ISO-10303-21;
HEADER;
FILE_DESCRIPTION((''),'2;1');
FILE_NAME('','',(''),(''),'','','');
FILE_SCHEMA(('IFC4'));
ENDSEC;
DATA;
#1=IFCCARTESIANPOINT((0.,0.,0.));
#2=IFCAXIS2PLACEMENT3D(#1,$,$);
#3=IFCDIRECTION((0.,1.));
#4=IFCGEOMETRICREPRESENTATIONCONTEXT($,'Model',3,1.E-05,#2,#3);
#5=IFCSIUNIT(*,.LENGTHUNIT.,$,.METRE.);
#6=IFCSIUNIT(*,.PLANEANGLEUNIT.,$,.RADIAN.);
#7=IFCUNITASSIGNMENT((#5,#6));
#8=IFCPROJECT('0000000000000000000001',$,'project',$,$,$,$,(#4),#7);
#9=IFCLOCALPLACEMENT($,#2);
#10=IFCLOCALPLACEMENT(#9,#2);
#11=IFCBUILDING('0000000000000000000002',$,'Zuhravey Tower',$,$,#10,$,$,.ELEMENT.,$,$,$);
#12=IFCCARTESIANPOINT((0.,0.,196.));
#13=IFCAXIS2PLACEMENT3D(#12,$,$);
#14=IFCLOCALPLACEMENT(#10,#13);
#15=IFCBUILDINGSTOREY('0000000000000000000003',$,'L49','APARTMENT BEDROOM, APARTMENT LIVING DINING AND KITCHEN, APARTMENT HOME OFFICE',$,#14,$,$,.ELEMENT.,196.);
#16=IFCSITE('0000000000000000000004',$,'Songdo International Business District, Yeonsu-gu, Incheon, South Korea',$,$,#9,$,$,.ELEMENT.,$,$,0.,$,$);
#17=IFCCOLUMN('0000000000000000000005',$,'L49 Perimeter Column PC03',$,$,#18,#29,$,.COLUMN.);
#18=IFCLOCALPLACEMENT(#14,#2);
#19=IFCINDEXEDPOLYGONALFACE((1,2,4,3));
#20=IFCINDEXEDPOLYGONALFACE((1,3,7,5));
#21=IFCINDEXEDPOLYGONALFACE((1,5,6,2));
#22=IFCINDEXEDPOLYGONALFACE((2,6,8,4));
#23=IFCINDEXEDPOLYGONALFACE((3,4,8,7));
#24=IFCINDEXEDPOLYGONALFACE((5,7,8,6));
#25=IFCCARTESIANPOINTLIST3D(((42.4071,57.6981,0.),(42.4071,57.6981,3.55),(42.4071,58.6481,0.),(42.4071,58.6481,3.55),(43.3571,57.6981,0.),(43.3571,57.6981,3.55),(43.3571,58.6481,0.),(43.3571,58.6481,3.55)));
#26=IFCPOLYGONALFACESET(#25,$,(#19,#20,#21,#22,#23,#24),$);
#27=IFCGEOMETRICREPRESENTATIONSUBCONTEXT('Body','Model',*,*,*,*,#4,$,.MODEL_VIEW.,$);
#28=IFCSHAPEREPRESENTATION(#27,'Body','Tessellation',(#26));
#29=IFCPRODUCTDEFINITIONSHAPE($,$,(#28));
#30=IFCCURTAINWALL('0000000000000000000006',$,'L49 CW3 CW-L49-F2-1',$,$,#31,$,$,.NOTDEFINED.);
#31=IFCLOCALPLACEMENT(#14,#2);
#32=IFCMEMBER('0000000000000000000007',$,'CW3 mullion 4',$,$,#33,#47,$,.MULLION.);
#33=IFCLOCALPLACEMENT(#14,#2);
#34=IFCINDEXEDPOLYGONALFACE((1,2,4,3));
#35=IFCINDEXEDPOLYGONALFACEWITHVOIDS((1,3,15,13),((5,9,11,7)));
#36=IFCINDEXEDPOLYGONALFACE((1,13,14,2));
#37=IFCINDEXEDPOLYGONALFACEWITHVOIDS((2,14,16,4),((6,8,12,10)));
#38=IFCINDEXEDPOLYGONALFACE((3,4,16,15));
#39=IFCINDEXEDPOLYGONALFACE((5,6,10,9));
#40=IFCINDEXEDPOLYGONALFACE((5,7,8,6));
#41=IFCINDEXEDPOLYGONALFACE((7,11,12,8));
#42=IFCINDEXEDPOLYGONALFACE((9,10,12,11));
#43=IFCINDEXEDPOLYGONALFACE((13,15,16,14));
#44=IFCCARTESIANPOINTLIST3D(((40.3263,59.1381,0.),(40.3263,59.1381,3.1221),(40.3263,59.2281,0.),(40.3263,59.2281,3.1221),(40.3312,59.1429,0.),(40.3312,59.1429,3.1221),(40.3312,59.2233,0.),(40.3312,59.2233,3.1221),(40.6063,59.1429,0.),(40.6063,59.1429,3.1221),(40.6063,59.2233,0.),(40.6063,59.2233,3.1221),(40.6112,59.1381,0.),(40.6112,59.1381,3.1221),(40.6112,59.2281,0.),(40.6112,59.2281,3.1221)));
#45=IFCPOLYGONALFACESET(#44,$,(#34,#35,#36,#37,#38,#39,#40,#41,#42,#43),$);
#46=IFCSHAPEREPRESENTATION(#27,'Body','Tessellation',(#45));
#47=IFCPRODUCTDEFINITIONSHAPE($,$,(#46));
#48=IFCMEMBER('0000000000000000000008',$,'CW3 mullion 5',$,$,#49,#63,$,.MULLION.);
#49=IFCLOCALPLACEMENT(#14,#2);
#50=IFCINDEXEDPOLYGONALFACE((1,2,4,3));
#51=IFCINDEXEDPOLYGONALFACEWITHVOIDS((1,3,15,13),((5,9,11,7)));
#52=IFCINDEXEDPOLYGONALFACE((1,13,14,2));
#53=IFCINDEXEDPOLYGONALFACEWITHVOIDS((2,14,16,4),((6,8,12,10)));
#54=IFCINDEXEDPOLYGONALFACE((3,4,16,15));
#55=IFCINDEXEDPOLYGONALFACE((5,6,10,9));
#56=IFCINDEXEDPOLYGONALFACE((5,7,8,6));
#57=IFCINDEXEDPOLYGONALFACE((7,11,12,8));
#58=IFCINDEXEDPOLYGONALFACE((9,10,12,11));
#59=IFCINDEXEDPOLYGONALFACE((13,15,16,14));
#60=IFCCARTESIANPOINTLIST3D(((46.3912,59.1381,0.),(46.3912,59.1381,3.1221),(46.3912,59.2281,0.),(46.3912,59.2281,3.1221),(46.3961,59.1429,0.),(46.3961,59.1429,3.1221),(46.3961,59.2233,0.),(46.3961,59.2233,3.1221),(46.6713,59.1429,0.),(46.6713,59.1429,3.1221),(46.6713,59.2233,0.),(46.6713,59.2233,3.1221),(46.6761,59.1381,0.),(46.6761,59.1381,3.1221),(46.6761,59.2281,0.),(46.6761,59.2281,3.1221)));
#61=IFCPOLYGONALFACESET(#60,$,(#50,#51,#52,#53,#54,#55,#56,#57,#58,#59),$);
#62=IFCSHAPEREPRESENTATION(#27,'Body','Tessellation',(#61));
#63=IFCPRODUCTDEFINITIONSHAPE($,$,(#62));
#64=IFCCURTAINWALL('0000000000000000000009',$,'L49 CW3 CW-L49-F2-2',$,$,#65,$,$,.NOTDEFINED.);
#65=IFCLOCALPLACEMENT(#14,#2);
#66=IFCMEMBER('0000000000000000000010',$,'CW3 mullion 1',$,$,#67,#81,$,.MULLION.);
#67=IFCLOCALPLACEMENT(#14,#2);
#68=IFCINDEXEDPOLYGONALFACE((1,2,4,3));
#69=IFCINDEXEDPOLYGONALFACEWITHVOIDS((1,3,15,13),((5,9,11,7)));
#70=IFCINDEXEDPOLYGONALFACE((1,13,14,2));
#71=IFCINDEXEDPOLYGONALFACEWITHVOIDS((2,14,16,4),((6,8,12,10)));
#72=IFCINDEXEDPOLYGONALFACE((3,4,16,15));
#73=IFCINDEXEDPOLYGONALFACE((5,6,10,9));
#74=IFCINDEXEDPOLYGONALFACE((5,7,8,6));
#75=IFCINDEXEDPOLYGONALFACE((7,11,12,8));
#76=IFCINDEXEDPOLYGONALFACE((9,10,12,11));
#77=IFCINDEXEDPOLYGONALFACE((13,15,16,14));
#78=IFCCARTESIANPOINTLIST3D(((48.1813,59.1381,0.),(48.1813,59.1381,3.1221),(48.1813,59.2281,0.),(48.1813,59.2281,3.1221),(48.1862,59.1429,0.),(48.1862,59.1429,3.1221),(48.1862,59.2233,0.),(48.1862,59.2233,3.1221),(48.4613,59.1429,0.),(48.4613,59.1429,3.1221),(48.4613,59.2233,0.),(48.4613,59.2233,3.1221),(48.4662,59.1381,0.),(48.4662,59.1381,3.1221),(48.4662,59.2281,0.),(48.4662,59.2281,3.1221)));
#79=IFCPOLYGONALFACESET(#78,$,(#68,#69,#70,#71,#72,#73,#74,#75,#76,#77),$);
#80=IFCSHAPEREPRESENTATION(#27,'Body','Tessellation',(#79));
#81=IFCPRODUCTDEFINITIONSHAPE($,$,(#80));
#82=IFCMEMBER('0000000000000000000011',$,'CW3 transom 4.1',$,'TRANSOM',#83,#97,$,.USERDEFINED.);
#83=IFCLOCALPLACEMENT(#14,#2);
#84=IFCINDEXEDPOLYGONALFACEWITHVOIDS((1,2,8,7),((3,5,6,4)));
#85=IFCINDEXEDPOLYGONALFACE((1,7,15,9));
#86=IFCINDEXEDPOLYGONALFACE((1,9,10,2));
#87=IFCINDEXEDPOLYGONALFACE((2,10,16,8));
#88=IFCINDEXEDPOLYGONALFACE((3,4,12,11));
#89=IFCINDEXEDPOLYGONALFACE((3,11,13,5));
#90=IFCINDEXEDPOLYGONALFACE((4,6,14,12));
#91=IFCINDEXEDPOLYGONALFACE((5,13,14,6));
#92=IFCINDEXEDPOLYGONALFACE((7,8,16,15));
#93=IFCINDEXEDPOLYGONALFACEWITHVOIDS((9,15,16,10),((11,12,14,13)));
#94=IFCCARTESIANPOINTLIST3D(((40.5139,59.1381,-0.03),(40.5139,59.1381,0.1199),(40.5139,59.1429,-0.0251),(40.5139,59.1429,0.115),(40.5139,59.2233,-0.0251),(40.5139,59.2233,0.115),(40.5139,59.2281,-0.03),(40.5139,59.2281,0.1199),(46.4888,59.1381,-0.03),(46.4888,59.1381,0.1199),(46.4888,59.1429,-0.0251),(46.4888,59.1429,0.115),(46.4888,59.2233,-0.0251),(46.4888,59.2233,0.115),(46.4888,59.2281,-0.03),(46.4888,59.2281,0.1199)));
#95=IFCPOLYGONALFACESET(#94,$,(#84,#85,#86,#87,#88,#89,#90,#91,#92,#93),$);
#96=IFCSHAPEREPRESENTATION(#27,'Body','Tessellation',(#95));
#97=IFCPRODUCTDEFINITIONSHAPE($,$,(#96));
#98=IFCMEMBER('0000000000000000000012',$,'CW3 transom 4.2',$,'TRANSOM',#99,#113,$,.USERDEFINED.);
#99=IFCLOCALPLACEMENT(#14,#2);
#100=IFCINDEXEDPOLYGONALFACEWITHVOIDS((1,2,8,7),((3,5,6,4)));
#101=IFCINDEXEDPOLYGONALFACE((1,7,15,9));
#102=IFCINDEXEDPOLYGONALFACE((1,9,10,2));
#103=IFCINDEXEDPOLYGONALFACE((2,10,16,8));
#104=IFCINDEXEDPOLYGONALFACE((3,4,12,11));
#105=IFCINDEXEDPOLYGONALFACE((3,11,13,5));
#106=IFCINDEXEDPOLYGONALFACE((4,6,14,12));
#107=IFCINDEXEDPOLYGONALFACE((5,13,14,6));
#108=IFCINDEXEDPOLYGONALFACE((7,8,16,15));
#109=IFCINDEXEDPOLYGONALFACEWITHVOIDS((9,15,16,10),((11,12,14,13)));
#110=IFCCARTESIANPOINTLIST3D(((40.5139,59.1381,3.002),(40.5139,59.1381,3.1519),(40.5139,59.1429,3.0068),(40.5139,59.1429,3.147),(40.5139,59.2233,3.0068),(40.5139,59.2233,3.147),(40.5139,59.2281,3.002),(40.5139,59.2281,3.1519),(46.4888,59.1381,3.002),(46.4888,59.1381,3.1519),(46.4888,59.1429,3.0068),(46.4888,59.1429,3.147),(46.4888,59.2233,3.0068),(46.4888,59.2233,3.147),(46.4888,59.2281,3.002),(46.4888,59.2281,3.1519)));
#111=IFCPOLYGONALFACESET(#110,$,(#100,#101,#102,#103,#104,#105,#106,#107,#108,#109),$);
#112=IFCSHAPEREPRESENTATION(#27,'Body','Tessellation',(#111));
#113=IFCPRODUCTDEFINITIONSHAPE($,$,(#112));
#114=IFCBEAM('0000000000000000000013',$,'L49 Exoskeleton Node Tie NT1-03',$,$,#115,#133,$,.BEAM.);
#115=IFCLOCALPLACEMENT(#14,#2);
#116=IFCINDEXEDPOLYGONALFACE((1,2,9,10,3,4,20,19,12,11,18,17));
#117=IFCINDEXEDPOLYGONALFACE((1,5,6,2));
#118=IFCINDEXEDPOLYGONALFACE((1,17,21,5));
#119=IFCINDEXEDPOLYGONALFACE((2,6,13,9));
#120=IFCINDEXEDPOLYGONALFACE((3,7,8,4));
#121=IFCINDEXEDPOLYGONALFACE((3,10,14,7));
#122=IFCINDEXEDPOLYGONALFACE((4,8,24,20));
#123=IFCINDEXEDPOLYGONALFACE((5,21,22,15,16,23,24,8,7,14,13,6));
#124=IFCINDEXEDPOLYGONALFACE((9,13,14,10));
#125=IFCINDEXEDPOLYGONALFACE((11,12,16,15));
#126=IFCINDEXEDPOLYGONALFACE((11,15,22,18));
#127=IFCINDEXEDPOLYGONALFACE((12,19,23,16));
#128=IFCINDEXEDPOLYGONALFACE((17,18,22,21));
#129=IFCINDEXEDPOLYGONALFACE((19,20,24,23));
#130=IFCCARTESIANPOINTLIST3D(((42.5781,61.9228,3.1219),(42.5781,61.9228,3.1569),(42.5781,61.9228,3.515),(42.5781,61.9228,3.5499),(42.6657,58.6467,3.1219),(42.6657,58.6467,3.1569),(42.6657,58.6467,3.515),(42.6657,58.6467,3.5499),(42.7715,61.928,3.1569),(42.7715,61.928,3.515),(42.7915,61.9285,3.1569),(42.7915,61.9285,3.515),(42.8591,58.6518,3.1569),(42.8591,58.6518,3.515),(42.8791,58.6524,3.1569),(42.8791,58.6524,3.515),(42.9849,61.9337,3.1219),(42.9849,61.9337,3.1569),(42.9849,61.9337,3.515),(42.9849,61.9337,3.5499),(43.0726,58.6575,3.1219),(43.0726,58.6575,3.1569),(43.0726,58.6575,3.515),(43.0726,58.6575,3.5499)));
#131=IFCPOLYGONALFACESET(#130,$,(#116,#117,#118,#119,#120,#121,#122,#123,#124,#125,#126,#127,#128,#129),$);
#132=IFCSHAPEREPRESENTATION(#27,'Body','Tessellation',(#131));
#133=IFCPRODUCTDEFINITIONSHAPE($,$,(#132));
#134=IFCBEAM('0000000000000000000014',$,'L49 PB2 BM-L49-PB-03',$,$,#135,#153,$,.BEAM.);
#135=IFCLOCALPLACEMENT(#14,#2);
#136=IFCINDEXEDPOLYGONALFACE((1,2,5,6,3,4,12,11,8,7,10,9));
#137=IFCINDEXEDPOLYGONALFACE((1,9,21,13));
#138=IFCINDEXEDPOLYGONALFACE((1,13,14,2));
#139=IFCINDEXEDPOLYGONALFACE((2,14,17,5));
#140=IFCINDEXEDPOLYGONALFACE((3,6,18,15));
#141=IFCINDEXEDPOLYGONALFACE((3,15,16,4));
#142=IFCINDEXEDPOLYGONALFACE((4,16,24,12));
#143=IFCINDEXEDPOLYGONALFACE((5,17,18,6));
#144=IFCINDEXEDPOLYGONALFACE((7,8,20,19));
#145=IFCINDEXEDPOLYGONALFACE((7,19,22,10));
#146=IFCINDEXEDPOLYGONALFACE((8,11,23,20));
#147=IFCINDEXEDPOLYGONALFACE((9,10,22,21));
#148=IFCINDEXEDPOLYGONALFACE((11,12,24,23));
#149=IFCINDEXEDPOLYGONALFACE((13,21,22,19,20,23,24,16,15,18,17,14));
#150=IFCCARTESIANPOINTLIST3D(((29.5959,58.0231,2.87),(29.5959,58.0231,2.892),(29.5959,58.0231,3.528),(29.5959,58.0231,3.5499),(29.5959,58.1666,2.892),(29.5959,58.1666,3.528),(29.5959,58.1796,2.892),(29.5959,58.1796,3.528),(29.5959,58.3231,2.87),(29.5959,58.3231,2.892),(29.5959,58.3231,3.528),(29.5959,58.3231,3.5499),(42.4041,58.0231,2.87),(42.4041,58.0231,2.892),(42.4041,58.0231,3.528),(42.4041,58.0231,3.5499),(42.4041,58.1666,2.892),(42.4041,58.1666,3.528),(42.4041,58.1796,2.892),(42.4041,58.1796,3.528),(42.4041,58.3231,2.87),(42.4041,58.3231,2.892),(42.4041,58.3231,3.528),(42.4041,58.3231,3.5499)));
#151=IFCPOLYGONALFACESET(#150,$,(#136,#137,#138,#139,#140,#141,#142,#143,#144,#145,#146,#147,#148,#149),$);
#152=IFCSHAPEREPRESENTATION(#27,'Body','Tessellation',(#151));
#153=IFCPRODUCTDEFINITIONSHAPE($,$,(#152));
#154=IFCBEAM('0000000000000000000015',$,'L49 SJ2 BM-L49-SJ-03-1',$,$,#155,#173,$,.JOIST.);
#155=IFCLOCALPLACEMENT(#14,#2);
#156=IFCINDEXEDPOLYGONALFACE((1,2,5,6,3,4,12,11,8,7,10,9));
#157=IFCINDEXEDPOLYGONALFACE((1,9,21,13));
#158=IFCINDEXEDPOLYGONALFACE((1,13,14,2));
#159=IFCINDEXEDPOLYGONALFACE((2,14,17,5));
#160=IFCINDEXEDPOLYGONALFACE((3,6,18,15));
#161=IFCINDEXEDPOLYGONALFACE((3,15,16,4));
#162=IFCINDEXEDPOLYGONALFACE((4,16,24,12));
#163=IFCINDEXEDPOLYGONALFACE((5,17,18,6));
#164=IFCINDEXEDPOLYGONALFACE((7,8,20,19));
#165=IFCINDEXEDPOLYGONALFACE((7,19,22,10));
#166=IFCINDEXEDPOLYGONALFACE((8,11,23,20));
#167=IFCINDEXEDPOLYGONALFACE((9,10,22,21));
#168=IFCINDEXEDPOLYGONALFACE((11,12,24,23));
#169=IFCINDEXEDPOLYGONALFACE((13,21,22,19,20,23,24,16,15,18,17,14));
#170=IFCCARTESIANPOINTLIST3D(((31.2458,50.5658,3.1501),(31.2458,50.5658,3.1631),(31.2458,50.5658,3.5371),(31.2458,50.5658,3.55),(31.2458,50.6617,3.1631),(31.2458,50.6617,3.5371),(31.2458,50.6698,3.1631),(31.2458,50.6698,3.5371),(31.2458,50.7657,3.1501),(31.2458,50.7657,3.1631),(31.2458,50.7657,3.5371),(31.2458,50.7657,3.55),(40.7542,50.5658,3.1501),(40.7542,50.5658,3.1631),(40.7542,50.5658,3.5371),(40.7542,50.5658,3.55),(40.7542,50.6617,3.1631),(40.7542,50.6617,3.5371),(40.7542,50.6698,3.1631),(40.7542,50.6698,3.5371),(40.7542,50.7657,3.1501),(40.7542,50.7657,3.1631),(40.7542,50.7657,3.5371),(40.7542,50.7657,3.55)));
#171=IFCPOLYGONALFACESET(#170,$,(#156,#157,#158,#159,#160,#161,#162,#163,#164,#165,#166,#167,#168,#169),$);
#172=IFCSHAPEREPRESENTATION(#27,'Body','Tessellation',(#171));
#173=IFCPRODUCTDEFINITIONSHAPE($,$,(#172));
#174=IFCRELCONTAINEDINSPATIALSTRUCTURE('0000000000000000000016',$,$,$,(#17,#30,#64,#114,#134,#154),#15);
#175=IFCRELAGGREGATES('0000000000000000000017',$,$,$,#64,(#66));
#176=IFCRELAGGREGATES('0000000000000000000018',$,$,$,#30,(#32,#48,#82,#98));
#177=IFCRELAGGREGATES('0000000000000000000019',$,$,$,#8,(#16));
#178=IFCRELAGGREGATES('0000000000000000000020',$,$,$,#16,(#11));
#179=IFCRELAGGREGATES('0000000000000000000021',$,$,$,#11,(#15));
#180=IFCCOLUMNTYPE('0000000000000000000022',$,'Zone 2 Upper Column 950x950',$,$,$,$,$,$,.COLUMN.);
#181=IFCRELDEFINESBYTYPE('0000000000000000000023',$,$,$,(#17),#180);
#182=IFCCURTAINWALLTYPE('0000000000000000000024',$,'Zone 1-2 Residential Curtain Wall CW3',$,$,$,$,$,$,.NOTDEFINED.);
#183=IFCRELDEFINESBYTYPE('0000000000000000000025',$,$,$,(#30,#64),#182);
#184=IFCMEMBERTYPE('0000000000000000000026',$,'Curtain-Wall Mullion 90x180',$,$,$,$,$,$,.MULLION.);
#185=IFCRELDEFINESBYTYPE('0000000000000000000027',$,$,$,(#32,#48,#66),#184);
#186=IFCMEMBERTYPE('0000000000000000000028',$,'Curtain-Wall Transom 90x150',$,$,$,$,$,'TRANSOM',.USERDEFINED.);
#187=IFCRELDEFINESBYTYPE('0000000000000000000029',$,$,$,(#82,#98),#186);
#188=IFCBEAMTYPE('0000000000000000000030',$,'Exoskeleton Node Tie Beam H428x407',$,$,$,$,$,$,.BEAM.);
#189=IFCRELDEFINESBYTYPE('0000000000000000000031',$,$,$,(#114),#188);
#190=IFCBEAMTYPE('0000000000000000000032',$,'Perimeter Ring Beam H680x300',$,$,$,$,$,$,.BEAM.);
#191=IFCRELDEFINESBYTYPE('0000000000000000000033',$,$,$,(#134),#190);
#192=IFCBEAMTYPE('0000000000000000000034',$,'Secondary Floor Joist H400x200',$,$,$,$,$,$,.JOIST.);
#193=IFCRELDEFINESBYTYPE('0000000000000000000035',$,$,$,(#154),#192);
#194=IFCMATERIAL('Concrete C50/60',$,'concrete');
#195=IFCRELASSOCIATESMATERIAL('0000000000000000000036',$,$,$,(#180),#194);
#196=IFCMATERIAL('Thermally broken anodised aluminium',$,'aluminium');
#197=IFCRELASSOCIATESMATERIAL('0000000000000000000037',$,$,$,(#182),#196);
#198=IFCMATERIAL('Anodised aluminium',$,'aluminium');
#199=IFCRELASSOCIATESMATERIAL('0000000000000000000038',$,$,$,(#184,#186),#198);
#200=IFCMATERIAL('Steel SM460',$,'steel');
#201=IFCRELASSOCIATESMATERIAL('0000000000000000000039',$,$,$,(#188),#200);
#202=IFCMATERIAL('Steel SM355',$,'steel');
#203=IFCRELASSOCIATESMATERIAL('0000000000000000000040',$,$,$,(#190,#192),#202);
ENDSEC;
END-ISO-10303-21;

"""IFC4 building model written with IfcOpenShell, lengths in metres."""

from ifc_helpers import new_model, si_unit, direction, frame, origin, origin_2d, place, context, subcontext, project, spatial, rectangle, hollow_rectangle, i_section, extrude, material, material_profile, profile_set, type_object, element, aggregate, save


model = new_model("IFC4")

# Units and contexts
model_context = context("Model", 3, precision=1e-05, world=origin(), true_north=direction((0.0, 1.0)))
body_context = subcontext(model_context, "Body", "Model", "MODEL_VIEW")
ifc_project = project(units=[si_unit("LENGTHUNIT", "METRE"), si_unit("PLANEANGLEUNIT", "RADIAN")], contexts=[model_context])

# Site, building, storey
site_placement = place(None, origin())
site = spatial("IfcSite", under=ifc_project, at=site_placement, Name="Songdo International Business District, Yeonsu-gu, Incheon, South Korea", CompositionType="ELEMENT", RefElevation=0.0)
building_placement = place(site_placement, origin())
building = spatial("IfcBuilding", under=site, at=building_placement, Name="Zuhravey Tower", CompositionType="ELEMENT")
storey_placement = place(building_placement, frame((0.0, 0.0, 196.0)))
storey = spatial("IfcBuildingStorey", under=building, at=storey_placement, Name="L49", Description="APARTMENT BEDROOM, APARTMENT LIVING DINING AND KITCHEN, APARTMENT HOME OFFICE", CompositionType="ELEMENT", Elevation=196.0)

# Column
ifc_material_1 = material(Name="Concrete C50/60", Category="concrete")
ifc_material_profile_1 = material_profile(ifc_material_1, rectangle(XDim=0.95, YDim=0.95, at=origin_2d()), Name="RC-950x950")
ifc_profile_set_1 = profile_set([ifc_material_profile_1], Name="Concrete C50/60")
column_type = type_object("IfcColumnType", Name="Zone 2 Upper Column 950x950", PredefinedType="COLUMN", material=ifc_profile_set_1)
column_placement = place(storey_placement, frame((42.8821, 58.1731, 0.0), z_axis=(0.0, 0.0, 1.0), x_axis=(-1.0, 0.0, 0.0)))
element("IfcColumn", 1, at=column_placement, inside=storey, type_object=column_type, Name="L49 Perimeter Column PC03", PredefinedType="COLUMN", context=body_context, shape_type="SweptSolid", body=[
    extrude(rectangle(XDim=0.95, YDim=0.95, at=origin_2d()), origin(), (0.0, 0.0, 1.0), 3.55),
])

# Curtain wall, members
ifc_material_2 = material(Name="Thermally broken anodised aluminium", Category="aluminium")
curtain_wall_type = type_object("IfcCurtainWallType", Name="Zone 1-2 Residential Curtain Wall CW3", PredefinedType="NOTDEFINED", material=ifc_material_2)
curtain_wall_1_placement = place(storey_placement, origin())
curtain_wall_1 = element("IfcCurtainWall", 2, at=curtain_wall_1_placement, inside=storey, type_object=curtain_wall_type, Name="L49 CW3 CW-L49-F2-1", PredefinedType="NOTDEFINED")
ifc_material_3 = material(Name="Anodised aluminium", Category="aluminium")
ifc_material_profile_2 = material_profile(ifc_material_3, hollow_rectangle(XDim=0.0901, YDim=0.2849, WallThickness=0.0049, at=origin_2d()), Name="ALU-RHS-90x285x5")
ifc_profile_set_2 = profile_set([ifc_material_profile_2], Name="Anodised aluminium")
member_type_1 = type_object("IfcMemberType", Name="Curtain-Wall Mullion 90x180", PredefinedType="MULLION", material=ifc_profile_set_2)
member_1_placement = place(storey_placement, frame((40.4688, 59.1831, 0.0), z_axis=(0.0, 0.0, 1.0), x_axis=(0.0, 1.0, 0.0)))
member_1 = element("IfcMember", 3, at=member_1_placement, type_object=member_type_1, Name="CW3 mullion 4", PredefinedType="MULLION", context=body_context, shape_type="SweptSolid", body=[
    extrude(hollow_rectangle(XDim=0.0901, YDim=0.2849, WallThickness=0.0049, at=origin_2d()), origin(), (0.0, 0.0, 1.0), 3.1221),
])
member_2_placement = place(storey_placement, frame((46.5337, 59.1831, 0.0), z_axis=(0.0, 0.0, 1.0), x_axis=(0.0, 1.0, 0.0)))
member_2 = element("IfcMember", 4, at=member_2_placement, type_object=member_type_1, Name="CW3 mullion 5", PredefinedType="MULLION", context=body_context, shape_type="SweptSolid", body=[
    extrude(hollow_rectangle(XDim=0.0901, YDim=0.2849, WallThickness=0.0049, at=origin_2d()), origin(), (0.0, 0.0, 1.0), 3.1221),
])

# Curtain wall, member
curtain_wall_2_placement = place(storey_placement, origin())
curtain_wall_2 = element("IfcCurtainWall", 5, at=curtain_wall_2_placement, inside=storey, type_object=curtain_wall_type, Name="L49 CW3 CW-L49-F2-2", PredefinedType="NOTDEFINED")
member_3_placement = place(storey_placement, frame((48.3237, 59.1831, 0.0), z_axis=(0.0, 0.0, 1.0), x_axis=(0.0, 1.0, 0.0)))
member_3 = element("IfcMember", 6, at=member_3_placement, type_object=member_type_1, Name="CW3 mullion 1", PredefinedType="MULLION", context=body_context, shape_type="SweptSolid", body=[
    extrude(hollow_rectangle(XDim=0.0901, YDim=0.2849, WallThickness=0.0049, at=origin_2d()), origin(), (0.0, 0.0, 1.0), 3.1221),
])
aggregate(curtain_wall_2, [member_3])

# Members
ifc_material_profile_3 = material_profile(ifc_material_3, hollow_rectangle(XDim=0.0901, YDim=0.1499, WallThickness=0.0049, at=origin_2d()), Name="ALU-RHS-90x150x5")
ifc_profile_set_3 = profile_set([ifc_material_profile_3], Name="Anodised aluminium")
member_type_2 = type_object("IfcMemberType", Name="Curtain-Wall Transom 90x150", ElementType="TRANSOM", PredefinedType="USERDEFINED", material=ifc_profile_set_3)
member_4_placement = place(storey_placement, frame((40.5139, 59.1831, 0.0449), z_axis=(1.0, 0.0, 0.0), x_axis=(0.0, 1.0, 0.0)))
member_4 = element("IfcMember", 7, at=member_4_placement, type_object=member_type_2, Name="CW3 transom 4.1", ObjectType="TRANSOM", PredefinedType="USERDEFINED", context=body_context, shape_type="SweptSolid", body=[
    extrude(hollow_rectangle(XDim=0.0901, YDim=0.1499, WallThickness=0.0049, at=origin_2d()), origin(), (0.0, 0.0, 1.0), 5.9749),
])
member_5_placement = place(storey_placement, frame((40.5139, 59.1831, 3.0769), z_axis=(1.0, 0.0, 0.0), x_axis=(0.0, 1.0, 0.0)))
member_5 = element("IfcMember", 8, at=member_5_placement, type_object=member_type_2, Name="CW3 transom 4.2", ObjectType="TRANSOM", PredefinedType="USERDEFINED", context=body_context, shape_type="SweptSolid", body=[
    extrude(hollow_rectangle(XDim=0.0901, YDim=0.1499, WallThickness=0.0049, at=origin_2d()), origin(), (0.0, 0.0, 1.0), 5.9749),
])

# Beams
ifc_material_4 = material(Name="Steel SM460", Category="steel")
ifc_material_profile_4 = material_profile(ifc_material_4, i_section(OverallWidth=0.407, OverallDepth=0.428, WebThickness=0.02, FlangeThickness=0.0349, at=origin_2d()), Name="H-428x407x20x35")
ifc_profile_set_4 = profile_set([ifc_material_profile_4], Name="Steel SM460")
beam_type_1 = type_object("IfcBeamType", Name="Exoskeleton Node Tie Beam H428x407", PredefinedType="BEAM", material=ifc_profile_set_4)
beam_1_placement = place(storey_placement, frame((42.8691, 58.6521, 3.3359), z_axis=(-0.026744, 0.999642, 0.0), x_axis=(-0.999642, -0.026744, 0.0)))
element("IfcBeam", 9, at=beam_1_placement, inside=storey, type_object=beam_type_1, Name="L49 Exoskeleton Node Tie NT1-03", PredefinedType="BEAM", context=body_context, shape_type="SweptSolid", body=[
    extrude(i_section(OverallWidth=0.407, OverallDepth=0.428, WebThickness=0.02, FlangeThickness=0.0349, at=origin_2d()), origin(), (0.0, 0.0, 1.0), 3.2773),
])
ifc_material_5 = material(Name="Steel SM355", Category="steel")
ifc_material_profile_5 = material_profile(ifc_material_5, i_section(OverallWidth=0.3, OverallDepth=0.6799, WebThickness=0.0129, FlangeThickness=0.022, at=origin_2d()), Name="H-680x300x13x22")
ifc_profile_set_5 = profile_set([ifc_material_profile_5], Name="Steel SM355")
beam_type_2 = type_object("IfcBeamType", Name="Perimeter Ring Beam H680x300", PredefinedType="BEAM", material=ifc_profile_set_5)
beam_2_placement = place(storey_placement, frame((42.4041, 58.1731, 3.21), z_axis=(-1.0, 0.0, 0.0), x_axis=(0.0, -1.0, 0.0)))
element("IfcBeam", 10, at=beam_2_placement, inside=storey, type_object=beam_type_2, Name="L49 PB2 BM-L49-PB-03", PredefinedType="BEAM", context=body_context, shape_type="SweptSolid", body=[
    extrude(i_section(OverallWidth=0.3, OverallDepth=0.6799, WebThickness=0.0129, FlangeThickness=0.022, at=origin_2d()), origin(), (0.0, 0.0, 1.0), 12.8081),
])
ifc_material_profile_6 = material_profile(ifc_material_5, i_section(OverallWidth=0.2, OverallDepth=0.3999, WebThickness=0.0081, FlangeThickness=0.0129, at=origin_2d()), Name="H-400x200x8x13")
ifc_profile_set_6 = profile_set([ifc_material_profile_6], Name="Steel SM355")
beam_type_3 = type_object("IfcBeamType", Name="Secondary Floor Joist H400x200", PredefinedType="JOIST", material=ifc_profile_set_6)
beam_3_placement = place(storey_placement, frame((40.7542, 50.6658, 3.3501), z_axis=(-1.0, 0.0, 0.0), x_axis=(0.0, -1.0, 0.0)))
element("IfcBeam", 11, at=beam_3_placement, inside=storey, type_object=beam_type_3, Name="L49 SJ2 BM-L49-SJ-03-1", PredefinedType="JOIST", context=body_context, shape_type="SweptSolid", body=[
    extrude(i_section(OverallWidth=0.2, OverallDepth=0.3999, WebThickness=0.0081, FlangeThickness=0.0129, at=origin_2d()), origin(), (0.0, 0.0, 1.0), 9.5083),
])

aggregate(curtain_wall_1, [member_1, member_2, member_4, member_5])

save(model, "model.ifc")
